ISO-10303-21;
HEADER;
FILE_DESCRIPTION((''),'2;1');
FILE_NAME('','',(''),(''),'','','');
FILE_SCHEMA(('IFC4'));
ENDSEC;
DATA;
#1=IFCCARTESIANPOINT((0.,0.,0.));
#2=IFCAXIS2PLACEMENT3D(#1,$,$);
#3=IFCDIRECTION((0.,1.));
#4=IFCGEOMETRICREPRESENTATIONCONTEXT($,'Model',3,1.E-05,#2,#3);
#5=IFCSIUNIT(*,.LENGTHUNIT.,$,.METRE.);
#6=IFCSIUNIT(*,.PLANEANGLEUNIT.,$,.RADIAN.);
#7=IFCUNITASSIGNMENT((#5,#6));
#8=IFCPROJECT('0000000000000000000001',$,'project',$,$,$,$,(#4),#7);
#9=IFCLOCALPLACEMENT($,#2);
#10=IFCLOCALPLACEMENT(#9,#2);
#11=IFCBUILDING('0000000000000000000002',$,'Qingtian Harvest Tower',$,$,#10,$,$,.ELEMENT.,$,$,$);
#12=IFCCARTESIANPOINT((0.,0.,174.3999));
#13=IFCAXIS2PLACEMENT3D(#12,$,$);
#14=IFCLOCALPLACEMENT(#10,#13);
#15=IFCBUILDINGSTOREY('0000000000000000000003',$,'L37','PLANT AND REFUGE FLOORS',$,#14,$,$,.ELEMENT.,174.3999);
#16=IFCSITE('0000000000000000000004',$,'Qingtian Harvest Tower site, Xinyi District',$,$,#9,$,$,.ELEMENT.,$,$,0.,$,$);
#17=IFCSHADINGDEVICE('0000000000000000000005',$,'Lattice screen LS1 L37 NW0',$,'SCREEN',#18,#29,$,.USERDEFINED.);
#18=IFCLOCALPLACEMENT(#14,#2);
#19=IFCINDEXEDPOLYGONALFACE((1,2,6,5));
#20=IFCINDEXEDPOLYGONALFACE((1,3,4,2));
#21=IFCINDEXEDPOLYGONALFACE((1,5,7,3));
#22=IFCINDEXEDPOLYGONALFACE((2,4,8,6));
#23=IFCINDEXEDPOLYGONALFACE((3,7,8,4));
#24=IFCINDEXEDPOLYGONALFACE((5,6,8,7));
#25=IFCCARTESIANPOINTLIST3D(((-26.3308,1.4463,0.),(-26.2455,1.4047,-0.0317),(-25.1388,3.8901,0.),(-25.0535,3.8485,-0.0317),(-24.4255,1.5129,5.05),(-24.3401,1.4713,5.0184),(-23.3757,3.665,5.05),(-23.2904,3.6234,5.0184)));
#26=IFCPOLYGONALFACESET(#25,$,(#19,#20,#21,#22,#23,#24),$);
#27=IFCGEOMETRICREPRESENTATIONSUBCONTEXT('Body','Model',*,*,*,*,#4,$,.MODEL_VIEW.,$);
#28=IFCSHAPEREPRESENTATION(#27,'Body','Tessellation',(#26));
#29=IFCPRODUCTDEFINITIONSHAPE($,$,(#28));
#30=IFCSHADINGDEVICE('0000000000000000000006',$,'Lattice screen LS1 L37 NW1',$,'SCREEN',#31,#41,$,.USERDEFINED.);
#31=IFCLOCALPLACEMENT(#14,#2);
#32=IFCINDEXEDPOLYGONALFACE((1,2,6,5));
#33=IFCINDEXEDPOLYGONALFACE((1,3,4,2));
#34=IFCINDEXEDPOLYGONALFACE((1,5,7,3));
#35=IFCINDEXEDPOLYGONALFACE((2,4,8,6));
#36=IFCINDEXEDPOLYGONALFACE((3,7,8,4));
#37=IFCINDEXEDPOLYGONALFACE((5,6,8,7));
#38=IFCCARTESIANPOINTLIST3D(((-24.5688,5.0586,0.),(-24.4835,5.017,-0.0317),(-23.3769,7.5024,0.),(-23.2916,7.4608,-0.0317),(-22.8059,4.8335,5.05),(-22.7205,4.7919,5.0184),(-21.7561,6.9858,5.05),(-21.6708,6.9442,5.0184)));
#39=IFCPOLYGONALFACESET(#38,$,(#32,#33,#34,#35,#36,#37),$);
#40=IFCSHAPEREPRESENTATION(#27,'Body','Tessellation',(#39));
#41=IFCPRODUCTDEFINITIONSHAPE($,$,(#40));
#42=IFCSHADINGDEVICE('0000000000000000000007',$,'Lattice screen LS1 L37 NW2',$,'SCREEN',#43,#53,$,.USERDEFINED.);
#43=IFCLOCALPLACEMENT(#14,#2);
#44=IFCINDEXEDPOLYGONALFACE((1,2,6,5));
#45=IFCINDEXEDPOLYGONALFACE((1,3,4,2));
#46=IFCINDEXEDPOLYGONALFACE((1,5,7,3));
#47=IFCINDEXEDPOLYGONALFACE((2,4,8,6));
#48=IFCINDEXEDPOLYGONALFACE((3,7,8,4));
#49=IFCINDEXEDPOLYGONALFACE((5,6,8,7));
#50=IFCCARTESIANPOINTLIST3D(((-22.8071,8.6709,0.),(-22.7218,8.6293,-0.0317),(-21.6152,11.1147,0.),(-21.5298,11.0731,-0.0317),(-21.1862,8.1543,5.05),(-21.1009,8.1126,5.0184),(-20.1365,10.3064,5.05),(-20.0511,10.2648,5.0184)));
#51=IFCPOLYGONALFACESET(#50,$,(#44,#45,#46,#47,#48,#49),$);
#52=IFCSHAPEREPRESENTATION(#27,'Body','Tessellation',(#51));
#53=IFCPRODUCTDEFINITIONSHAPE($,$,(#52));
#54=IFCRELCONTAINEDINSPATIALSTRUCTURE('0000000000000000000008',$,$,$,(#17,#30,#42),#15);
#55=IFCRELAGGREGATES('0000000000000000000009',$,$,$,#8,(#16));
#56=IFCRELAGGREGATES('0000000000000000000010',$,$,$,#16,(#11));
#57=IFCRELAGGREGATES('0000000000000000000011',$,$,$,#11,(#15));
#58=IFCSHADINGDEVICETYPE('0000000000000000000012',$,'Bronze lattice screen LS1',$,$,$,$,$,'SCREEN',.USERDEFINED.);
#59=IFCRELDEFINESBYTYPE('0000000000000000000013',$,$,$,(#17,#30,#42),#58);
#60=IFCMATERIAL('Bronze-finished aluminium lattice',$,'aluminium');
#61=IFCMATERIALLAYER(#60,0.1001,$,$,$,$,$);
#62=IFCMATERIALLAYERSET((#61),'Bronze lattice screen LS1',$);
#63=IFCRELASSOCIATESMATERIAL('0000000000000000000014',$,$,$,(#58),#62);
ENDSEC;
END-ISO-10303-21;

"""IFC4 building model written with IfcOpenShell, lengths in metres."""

from ifc_helpers import new_model, si_unit, direction, frame, origin, place, context, subcontext, project, spatial, polyline, outline, extrude, material, layer, layer_set, type_object, element, save


model = new_model("IFC4")

# Units and contexts
model_context = context("Model", 3, precision=1e-05, world=origin(), true_north=direction((0.0, 1.0)))
body_context = subcontext(model_context, "Body", "Model", "MODEL_VIEW")
ifc_project = project(units=[si_unit("LENGTHUNIT", "METRE"), si_unit("PLANEANGLEUNIT", "RADIAN")], contexts=[model_context])

# Site, building, storey
site_placement = place(None, origin())
site = spatial("IfcSite", under=ifc_project, at=site_placement, Name="Qingtian Harvest Tower site, Xinyi District", CompositionType="ELEMENT", RefElevation=0.0)
building_placement = place(site_placement, origin())
building = spatial("IfcBuilding", under=site, at=building_placement, Name="Qingtian Harvest Tower", CompositionType="ELEMENT")
storey_placement = place(building_placement, frame((0.0, 0.0, 174.3999)))
storey = spatial("IfcBuildingStorey", under=building, at=storey_placement, Name="L37", Description="PLANT AND REFUGE FLOORS", CompositionType="ELEMENT", Elevation=174.3999)

# Shading devices
ifc_material_1 = material(Name="Bronze-finished aluminium lattice", Category="aluminium")
ifc_layer_1 = layer(ifc_material_1, 0.1001)
ifc_layer_set_1 = layer_set([ifc_layer_1], Name="Bronze lattice screen LS1")
shading_device_type = type_object("IfcShadingDeviceType", Name="Bronze lattice screen LS1", ElementType="SCREEN", PredefinedType="USERDEFINED", material=ifc_layer_set_1)
shading_device_1_placement = place(storey_placement, frame((-26.3308, 1.4463, 0.0), z_axis=(-0.852665, 0.415892, 0.316221), x_axis=(0.438385, 0.898787, -0.000011)))
element("IfcShadingDevice", 1, at=shading_device_1_placement, inside=storey, type_object=shading_device_type, Name="Lattice screen LS1 L37 NW0", ObjectType="SCREEN", PredefinedType="USERDEFINED", context=body_context, shape_type="SweptSolid", body=[
    extrude(outline(polyline([(0.0, 0.0), (2.719, 0.0), (3.2896, -5.3232), (0.8951, -5.3232), (0.0, 0.0)])), origin(), (0.0, 0.0, -1.0), 0.1001),
])
shading_device_2_placement = place(storey_placement, frame((-24.5688, 5.0586, 0.0), z_axis=(-0.852678, 0.415876, 0.316208), x_axis=(0.438368, 0.898796, -0.000004)))
element("IfcShadingDevice", 2, at=shading_device_2_placement, inside=storey, type_object=shading_device_type, Name="Lattice screen LS1 L37 NW1", ObjectType="SCREEN", PredefinedType="USERDEFINED", context=body_context, shape_type="SweptSolid", body=[
    extrude(outline(polyline([(0.0, 0.0), (2.719, 0.0), (2.9652, -5.3232), (0.5705, -5.3232), (0.0, 0.0)])), origin(), (0.0, 0.0, -1.0), 0.1001),
])
shading_device_3_placement = place(storey_placement, frame((-22.8071, 8.6709, 0.0), z_axis=(-0.852662, 0.415891, 0.31623), x_axis=(0.438385, 0.898787, -0.000011)))
element("IfcShadingDevice", 3, at=shading_device_3_placement, inside=storey, type_object=shading_device_type, Name="Lattice screen LS1 L37 NW2", ObjectType="SCREEN", PredefinedType="USERDEFINED", context=body_context, shape_type="SweptSolid", body=[
    extrude(outline(polyline([(0.0, 0.0), (2.719, 0.0), (2.6407, -5.3233), (0.2462, -5.3232), (0.0, 0.0)])), origin(), (0.0, 0.0, -1.0), 0.1001),
])

save(model, "model.ifc")
